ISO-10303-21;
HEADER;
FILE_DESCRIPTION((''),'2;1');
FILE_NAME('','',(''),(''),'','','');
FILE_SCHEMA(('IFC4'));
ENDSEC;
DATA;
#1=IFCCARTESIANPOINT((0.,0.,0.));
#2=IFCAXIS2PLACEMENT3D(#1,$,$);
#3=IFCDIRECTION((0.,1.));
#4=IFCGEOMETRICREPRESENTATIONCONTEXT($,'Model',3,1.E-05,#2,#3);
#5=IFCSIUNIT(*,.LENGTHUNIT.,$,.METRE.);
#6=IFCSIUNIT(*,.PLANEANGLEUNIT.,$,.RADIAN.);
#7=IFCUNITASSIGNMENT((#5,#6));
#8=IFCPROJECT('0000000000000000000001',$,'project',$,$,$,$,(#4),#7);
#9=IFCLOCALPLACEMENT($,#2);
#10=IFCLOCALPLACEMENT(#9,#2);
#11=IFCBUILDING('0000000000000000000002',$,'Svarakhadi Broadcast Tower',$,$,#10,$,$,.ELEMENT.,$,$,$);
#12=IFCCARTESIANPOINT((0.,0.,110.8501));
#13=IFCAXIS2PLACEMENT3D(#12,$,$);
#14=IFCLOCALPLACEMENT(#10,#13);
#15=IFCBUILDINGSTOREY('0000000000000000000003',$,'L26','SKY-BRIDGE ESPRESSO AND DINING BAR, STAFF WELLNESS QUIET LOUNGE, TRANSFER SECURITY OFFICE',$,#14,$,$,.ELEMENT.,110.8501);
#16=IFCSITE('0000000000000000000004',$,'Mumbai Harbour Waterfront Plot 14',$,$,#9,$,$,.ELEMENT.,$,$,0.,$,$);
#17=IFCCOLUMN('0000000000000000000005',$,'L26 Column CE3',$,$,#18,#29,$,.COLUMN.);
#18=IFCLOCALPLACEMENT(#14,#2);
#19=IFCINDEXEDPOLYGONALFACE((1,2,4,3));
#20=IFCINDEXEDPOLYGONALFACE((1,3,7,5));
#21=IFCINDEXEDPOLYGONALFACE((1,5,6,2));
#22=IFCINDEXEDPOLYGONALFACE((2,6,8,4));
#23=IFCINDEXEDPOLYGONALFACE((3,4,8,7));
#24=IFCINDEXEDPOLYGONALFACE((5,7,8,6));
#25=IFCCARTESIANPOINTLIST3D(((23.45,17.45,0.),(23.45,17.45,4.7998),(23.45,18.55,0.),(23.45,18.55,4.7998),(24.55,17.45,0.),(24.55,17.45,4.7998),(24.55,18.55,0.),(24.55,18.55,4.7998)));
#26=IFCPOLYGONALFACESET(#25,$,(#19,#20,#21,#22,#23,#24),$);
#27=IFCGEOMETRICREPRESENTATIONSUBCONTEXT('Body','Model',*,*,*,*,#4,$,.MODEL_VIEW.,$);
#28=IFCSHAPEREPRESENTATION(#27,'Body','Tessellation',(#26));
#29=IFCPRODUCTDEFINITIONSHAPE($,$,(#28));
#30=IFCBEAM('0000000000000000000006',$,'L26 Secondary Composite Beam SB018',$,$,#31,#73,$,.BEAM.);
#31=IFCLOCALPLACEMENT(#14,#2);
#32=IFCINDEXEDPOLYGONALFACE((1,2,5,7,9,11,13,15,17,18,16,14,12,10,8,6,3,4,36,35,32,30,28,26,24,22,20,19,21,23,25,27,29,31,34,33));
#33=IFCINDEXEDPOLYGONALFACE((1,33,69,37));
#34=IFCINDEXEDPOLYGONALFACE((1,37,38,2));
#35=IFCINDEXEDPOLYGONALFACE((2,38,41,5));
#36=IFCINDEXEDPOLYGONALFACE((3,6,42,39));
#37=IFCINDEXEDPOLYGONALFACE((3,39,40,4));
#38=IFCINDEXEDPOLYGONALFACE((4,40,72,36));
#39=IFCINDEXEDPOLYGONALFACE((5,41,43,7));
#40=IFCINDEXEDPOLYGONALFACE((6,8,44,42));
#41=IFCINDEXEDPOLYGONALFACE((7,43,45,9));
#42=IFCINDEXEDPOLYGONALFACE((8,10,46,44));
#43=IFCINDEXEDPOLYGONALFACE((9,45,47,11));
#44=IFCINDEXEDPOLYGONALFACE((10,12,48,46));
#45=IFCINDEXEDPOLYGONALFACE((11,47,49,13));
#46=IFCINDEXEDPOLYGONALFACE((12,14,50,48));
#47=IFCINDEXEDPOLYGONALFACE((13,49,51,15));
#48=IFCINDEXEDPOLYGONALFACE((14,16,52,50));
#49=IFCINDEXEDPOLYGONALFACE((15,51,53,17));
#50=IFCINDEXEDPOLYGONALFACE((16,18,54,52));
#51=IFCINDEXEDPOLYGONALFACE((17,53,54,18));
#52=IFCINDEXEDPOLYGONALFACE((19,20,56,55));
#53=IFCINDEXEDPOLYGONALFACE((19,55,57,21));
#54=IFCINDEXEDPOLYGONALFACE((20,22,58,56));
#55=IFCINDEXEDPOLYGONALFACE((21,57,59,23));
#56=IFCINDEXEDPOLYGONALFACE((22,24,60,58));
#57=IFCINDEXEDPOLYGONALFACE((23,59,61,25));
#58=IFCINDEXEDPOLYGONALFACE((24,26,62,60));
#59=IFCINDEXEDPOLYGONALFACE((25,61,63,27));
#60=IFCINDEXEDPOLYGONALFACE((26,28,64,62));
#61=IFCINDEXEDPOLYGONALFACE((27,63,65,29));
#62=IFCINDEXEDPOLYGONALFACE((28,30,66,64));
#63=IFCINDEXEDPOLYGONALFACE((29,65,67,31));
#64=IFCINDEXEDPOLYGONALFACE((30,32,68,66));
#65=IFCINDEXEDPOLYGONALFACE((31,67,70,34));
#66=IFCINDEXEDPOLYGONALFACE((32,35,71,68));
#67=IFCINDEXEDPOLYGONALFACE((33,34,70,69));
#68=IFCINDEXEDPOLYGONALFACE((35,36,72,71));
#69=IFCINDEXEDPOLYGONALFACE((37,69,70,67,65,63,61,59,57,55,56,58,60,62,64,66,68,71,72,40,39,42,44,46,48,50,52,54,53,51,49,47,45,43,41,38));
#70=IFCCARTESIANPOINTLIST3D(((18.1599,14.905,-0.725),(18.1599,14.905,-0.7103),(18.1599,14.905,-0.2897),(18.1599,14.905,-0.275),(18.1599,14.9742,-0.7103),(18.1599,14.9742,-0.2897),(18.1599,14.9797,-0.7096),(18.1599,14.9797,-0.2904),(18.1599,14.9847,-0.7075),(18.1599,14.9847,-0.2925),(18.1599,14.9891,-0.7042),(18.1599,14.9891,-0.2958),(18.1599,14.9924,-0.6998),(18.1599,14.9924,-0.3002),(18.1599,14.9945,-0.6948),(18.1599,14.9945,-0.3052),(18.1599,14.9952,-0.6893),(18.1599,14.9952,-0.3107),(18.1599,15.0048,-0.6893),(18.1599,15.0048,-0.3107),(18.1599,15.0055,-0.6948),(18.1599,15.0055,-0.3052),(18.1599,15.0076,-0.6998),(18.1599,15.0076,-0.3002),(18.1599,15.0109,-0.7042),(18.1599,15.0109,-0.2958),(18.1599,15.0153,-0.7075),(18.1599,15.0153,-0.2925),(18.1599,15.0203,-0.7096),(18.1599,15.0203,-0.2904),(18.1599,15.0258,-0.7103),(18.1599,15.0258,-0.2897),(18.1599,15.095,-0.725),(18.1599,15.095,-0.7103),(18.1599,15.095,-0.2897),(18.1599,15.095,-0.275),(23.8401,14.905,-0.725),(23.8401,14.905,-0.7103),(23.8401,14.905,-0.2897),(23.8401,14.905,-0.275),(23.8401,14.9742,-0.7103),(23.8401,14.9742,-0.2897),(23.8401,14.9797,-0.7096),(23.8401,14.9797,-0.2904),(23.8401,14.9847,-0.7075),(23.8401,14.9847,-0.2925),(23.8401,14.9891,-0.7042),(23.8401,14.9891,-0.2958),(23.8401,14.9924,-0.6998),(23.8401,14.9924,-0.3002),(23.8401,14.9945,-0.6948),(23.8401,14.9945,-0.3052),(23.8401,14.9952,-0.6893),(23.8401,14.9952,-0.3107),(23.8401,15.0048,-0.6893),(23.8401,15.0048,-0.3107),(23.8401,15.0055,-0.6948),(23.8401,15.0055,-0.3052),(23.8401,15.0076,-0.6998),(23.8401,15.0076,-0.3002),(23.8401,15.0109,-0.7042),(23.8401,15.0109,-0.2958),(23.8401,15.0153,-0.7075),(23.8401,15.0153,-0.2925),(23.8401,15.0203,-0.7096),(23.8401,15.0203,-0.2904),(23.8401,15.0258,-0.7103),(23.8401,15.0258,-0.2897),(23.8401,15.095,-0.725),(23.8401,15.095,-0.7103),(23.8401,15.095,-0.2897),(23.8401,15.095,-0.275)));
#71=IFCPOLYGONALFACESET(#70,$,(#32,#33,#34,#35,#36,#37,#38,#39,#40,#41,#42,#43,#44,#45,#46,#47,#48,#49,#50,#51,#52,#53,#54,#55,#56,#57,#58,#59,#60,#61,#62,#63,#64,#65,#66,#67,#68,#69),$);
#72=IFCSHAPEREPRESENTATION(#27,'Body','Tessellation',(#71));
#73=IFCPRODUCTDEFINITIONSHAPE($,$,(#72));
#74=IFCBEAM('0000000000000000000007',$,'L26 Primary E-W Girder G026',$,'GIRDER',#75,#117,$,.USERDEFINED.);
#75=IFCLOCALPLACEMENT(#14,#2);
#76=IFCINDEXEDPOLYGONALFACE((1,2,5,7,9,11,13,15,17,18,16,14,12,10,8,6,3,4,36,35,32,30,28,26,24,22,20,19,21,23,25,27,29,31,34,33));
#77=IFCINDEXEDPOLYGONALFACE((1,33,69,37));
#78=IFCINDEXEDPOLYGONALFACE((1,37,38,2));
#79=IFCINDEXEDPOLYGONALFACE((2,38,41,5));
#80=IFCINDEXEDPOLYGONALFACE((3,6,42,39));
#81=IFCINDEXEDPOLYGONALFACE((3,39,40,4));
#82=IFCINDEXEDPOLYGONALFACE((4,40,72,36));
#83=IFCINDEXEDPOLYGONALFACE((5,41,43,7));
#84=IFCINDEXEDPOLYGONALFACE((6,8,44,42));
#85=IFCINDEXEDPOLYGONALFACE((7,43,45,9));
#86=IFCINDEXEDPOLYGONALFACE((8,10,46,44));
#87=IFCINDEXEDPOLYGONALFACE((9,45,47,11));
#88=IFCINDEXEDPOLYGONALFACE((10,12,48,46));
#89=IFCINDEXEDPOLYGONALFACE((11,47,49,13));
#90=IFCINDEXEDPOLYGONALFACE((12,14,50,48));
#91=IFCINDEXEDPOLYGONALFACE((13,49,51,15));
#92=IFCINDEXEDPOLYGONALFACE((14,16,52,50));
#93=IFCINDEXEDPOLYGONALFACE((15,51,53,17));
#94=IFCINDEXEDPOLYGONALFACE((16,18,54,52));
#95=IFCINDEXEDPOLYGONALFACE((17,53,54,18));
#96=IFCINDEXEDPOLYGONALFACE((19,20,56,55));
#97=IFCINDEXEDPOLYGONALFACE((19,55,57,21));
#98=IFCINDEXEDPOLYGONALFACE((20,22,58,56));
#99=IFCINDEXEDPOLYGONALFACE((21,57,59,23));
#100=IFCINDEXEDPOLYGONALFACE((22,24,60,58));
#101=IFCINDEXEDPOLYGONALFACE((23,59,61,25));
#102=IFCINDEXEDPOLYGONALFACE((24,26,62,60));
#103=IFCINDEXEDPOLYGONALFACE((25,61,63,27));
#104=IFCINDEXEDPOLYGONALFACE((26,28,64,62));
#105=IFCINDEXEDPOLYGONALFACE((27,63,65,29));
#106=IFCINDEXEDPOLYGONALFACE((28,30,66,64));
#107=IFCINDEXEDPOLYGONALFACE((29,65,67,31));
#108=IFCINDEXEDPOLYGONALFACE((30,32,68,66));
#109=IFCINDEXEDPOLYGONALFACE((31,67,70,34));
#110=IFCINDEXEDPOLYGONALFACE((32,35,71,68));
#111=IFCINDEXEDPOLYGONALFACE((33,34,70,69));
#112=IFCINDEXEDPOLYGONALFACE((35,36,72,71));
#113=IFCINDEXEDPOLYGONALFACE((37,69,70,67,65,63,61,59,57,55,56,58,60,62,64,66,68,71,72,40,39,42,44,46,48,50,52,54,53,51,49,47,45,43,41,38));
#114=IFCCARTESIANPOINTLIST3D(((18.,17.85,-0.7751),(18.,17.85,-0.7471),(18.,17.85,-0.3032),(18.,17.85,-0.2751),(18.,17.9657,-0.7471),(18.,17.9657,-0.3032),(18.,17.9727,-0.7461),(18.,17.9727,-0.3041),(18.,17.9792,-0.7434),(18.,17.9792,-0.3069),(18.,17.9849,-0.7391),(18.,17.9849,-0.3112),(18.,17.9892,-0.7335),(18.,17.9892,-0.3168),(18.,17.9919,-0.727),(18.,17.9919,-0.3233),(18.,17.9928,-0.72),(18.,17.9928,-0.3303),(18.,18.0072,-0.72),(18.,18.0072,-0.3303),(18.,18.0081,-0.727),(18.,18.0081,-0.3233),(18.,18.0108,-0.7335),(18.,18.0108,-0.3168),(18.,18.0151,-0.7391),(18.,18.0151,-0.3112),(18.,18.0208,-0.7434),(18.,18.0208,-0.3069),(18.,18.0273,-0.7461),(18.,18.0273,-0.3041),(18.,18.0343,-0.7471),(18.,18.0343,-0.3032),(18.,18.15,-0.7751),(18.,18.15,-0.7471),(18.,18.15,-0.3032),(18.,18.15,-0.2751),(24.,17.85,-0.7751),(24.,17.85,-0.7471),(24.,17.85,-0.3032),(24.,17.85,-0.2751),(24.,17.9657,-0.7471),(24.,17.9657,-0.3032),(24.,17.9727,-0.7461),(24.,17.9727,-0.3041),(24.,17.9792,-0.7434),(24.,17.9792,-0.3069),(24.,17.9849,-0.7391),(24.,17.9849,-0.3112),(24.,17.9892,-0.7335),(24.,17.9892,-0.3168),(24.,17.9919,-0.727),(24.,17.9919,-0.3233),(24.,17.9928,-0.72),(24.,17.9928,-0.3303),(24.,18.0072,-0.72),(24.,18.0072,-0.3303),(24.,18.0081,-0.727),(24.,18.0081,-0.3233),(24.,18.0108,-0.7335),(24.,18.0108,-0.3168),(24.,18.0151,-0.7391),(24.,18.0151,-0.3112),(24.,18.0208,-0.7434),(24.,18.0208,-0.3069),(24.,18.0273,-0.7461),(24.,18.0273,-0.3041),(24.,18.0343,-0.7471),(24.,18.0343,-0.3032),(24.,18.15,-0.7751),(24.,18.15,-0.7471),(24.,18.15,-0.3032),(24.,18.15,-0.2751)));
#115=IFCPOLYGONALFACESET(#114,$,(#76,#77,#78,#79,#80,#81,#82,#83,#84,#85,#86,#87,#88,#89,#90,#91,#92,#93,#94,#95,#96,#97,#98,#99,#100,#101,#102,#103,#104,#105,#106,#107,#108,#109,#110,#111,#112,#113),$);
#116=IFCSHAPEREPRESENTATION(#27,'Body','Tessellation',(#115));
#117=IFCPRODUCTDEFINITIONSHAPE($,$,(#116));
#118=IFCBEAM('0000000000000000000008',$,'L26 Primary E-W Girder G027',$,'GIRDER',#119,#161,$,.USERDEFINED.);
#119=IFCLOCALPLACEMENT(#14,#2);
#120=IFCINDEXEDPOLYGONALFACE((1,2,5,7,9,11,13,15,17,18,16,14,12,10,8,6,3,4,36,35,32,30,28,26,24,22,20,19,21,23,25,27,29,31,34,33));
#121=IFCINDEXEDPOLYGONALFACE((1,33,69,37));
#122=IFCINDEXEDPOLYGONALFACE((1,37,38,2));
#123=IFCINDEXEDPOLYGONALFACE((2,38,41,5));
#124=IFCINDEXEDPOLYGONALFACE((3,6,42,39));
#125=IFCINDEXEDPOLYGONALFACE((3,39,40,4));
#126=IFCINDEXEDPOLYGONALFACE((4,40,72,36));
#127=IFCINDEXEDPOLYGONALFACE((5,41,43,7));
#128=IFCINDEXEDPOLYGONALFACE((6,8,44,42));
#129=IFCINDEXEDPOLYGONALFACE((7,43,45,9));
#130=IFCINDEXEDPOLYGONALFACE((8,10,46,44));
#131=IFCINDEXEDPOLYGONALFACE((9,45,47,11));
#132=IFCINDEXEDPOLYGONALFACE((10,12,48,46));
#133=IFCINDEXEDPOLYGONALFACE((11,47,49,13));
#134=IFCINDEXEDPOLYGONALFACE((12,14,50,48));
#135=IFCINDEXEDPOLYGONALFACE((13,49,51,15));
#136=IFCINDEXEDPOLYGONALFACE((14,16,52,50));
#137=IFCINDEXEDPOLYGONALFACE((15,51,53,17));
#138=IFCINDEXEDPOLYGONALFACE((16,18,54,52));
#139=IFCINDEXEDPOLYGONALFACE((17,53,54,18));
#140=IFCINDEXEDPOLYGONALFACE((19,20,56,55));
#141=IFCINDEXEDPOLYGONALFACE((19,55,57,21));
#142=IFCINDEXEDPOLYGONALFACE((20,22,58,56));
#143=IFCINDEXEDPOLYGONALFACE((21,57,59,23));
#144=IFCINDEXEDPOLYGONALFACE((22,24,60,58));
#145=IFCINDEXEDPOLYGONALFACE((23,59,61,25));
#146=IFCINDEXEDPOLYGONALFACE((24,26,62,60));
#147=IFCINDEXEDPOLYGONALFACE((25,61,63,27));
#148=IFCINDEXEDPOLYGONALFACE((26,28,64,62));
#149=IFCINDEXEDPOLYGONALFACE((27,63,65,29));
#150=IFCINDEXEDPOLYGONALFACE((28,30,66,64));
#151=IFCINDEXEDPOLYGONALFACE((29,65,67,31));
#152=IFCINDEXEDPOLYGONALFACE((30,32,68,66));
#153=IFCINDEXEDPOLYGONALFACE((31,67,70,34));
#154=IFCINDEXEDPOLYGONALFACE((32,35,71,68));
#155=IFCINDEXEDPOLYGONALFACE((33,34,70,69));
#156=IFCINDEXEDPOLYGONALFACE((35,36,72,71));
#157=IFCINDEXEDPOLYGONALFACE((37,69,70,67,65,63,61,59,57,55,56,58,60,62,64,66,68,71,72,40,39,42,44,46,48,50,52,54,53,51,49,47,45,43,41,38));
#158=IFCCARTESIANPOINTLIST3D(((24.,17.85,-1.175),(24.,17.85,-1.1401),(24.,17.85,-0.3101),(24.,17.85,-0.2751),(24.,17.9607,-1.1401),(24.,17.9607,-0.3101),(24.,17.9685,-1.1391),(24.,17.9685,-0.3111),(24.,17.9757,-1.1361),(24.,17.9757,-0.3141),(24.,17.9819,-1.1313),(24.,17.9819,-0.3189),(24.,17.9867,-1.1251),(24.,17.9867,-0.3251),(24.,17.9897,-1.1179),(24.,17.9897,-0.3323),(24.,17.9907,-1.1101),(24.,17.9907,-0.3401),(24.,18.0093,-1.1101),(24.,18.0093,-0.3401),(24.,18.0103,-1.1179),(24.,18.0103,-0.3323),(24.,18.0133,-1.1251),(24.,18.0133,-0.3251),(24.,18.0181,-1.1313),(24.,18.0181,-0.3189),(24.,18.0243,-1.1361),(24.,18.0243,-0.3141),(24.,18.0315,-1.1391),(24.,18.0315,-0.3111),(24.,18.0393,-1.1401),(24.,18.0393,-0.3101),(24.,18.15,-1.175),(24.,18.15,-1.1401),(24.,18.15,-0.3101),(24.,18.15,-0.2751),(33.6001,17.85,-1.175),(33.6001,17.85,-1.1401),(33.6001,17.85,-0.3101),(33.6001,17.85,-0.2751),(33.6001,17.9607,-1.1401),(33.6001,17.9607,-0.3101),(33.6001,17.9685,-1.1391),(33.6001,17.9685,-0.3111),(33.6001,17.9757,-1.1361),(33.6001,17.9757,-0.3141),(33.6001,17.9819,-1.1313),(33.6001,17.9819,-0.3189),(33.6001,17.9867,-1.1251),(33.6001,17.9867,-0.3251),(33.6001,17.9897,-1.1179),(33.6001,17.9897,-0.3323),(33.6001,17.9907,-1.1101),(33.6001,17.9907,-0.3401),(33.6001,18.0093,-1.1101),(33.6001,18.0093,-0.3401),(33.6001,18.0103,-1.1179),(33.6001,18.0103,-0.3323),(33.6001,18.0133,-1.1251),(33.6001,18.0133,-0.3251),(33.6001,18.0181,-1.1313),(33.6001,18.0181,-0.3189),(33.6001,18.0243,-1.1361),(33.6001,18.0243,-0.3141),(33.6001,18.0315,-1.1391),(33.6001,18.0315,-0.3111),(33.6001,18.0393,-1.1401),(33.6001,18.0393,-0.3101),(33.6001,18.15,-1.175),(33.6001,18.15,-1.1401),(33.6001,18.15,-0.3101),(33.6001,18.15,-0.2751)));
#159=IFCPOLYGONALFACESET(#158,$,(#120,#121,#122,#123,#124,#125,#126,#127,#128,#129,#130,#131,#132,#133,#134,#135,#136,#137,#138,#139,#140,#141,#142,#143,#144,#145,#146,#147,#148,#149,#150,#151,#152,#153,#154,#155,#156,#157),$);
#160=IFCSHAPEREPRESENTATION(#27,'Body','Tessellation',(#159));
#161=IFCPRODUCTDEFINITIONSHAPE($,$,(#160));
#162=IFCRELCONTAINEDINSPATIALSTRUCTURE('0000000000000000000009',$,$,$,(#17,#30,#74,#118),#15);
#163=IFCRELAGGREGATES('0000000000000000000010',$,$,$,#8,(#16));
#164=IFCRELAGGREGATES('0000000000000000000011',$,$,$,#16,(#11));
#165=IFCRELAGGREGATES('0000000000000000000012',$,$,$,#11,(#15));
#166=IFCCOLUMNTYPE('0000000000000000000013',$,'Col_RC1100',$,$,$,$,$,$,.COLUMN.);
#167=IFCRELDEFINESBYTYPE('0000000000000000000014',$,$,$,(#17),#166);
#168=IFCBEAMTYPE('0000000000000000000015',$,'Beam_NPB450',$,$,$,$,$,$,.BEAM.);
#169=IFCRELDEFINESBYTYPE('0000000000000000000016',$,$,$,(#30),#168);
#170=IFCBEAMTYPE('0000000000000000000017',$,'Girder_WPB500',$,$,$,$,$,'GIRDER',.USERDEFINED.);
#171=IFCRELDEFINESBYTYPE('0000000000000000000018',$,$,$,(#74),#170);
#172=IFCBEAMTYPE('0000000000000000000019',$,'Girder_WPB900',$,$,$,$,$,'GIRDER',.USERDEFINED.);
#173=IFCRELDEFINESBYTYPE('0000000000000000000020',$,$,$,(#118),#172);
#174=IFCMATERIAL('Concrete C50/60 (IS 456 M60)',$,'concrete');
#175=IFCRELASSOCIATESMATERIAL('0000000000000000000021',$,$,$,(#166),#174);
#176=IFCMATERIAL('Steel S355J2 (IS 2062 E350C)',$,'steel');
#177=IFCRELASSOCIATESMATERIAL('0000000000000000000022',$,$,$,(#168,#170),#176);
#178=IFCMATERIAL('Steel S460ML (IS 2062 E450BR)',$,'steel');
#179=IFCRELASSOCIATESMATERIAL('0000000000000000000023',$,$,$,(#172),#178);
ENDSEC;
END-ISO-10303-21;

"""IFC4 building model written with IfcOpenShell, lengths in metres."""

from ifc_helpers import new_model, si_unit, direction, frame, origin, origin_2d, place, context, subcontext, project, spatial, rectangle, i_section, extrude, material, material_profile, profile_set, type_object, element, save


model = new_model("IFC4")

# Units and contexts
model_context = context("Model", 3, precision=1e-05, world=origin(), true_north=direction((0.0, 1.0)))
body_context = subcontext(model_context, "Body", "Model", "MODEL_VIEW")
ifc_project = project(units=[si_unit("LENGTHUNIT", "METRE"), si_unit("PLANEANGLEUNIT", "RADIAN")], contexts=[model_context])

# Site, building, storey
site_placement = place(None, origin())
site = spatial("IfcSite", under=ifc_project, at=site_placement, Name="Mumbai Harbour Waterfront Plot 14", CompositionType="ELEMENT", RefElevation=0.0)
building_placement = place(site_placement, origin())
building = spatial("IfcBuilding", under=site, at=building_placement, Name="Svarakhadi Broadcast Tower", CompositionType="ELEMENT")
storey_placement = place(building_placement, frame((0.0, 0.0, 110.8501)))
storey = spatial("IfcBuildingStorey", under=building, at=storey_placement, Name="L26", Description="SKY-BRIDGE ESPRESSO AND DINING BAR, STAFF WELLNESS QUIET LOUNGE, TRANSFER SECURITY OFFICE", CompositionType="ELEMENT", Elevation=110.8501)

# Column
ifc_material_1 = material(Name="Concrete C50/60 (IS 456 M60)", Category="concrete")
ifc_material_profile_1 = material_profile(ifc_material_1, rectangle(XDim=1.1001, YDim=1.1001, at=origin_2d()), Name="RC 1100x1100")
ifc_profile_set_1 = profile_set([ifc_material_profile_1], Name="Concrete C50/60 (IS 456 M60)")
column_type = type_object("IfcColumnType", Name="Col_RC1100", PredefinedType="COLUMN", material=ifc_profile_set_1)
column_placement = place(storey_placement, frame((24.0, 18.0, 0.0), z_axis=(0.0, 0.0, 1.0), x_axis=(1.0, 0.0, 0.0)))
element("IfcColumn", 1, at=column_placement, inside=storey, type_object=column_type, Name="L26 Column CE3", PredefinedType="COLUMN", context=body_context, shape_type="SweptSolid", body=[
    extrude(rectangle(XDim=1.1001, YDim=1.1001, at=origin_2d()), origin(), (0.0, 0.0, 1.0), 4.7998),
])

# Beams
ifc_material_2 = material(Name="Steel S355J2 (IS 2062 E350C)", Category="steel")
ifc_material_profile_2 = material_profile(ifc_material_2, i_section(OverallWidth=0.1899, OverallDepth=0.45, WebThickness=0.0095, FlangeThickness=0.0146, FilletRadius=0.021, at=origin_2d()), Name="NPB 450x190x78")
ifc_profile_set_2 = profile_set([ifc_material_profile_2], Name="Steel S355J2 (IS 2062 E350C)")
beam_type_1 = type_object("IfcBeamType", Name="Beam_NPB450", PredefinedType="BEAM", material=ifc_profile_set_2)
beam_1_placement = place(storey_placement, frame((18.1599, 15.0, -0.5), z_axis=(1.0, 0.0, 0.0), x_axis=(0.0, 1.0, 0.0)))
element("IfcBeam", 2, at=beam_1_placement, inside=storey, type_object=beam_type_1, Name="L26 Secondary Composite Beam SB018", PredefinedType="BEAM", context=body_context, shape_type="SweptSolid", body=[
    extrude(i_section(OverallWidth=0.1899, OverallDepth=0.45, WebThickness=0.0095, FlangeThickness=0.0146, FilletRadius=0.021, at=origin_2d()), origin(), (0.0, 0.0, 1.0), 5.6802),
])
ifc_material_profile_3 = material_profile(ifc_material_2, i_section(OverallWidth=0.3, OverallDepth=0.5, WebThickness=0.0144, FlangeThickness=0.0281, FilletRadius=0.0271, at=origin_2d()), Name="WPB 500x300x187")
ifc_profile_set_3 = profile_set([ifc_material_profile_3], Name="Steel S355J2 (IS 2062 E350C)")
beam_type_2 = type_object("IfcBeamType", Name="Girder_WPB500", ElementType="GIRDER", PredefinedType="USERDEFINED", material=ifc_profile_set_3)
beam_2_placement = place(storey_placement, frame((18.0, 18.0, -0.5251), z_axis=(1.0, 0.0, 0.0), x_axis=(0.0, 1.0, 0.0)))
element("IfcBeam", 3, at=beam_2_placement, inside=storey, type_object=beam_type_2, Name="L26 Primary E-W Girder G026", ObjectType="GIRDER", PredefinedType="USERDEFINED", context=body_context, shape_type="SweptSolid", body=[
    extrude(i_section(OverallWidth=0.3, OverallDepth=0.5, WebThickness=0.0144, FlangeThickness=0.0281, FilletRadius=0.0271, at=origin_2d()), origin(), (0.0, 0.0, 1.0), 6.0),
])
ifc_material_3 = material(Name="Steel S460ML (IS 2062 E450BR)", Category="steel")
ifc_material_profile_4 = material_profile(ifc_material_3, i_section(OverallWidth=0.3, OverallDepth=0.8999, WebThickness=0.0186, FlangeThickness=0.0349, FilletRadius=0.03, at=origin_2d()), Name="WPB 900x300x291")
ifc_profile_set_4 = profile_set([ifc_material_profile_4], Name="Steel S460ML (IS 2062 E450BR)")
beam_type_3 = type_object("IfcBeamType", Name="Girder_WPB900", ElementType="GIRDER", PredefinedType="USERDEFINED", material=ifc_profile_set_4)
for number, where, z_axis, x_axis, name in (
    (4, (24.0, 18.0, -0.7251), (1.0, 0.0, 0.0), (0.0, 1.0, 0.0), "L26 Primary E-W Girder G027"),
):
    element("IfcBeam", number, at=place(storey_placement, frame(where, z_axis=z_axis, x_axis=x_axis)), inside=storey, type_object=beam_type_3, Name=name, ObjectType="GIRDER", PredefinedType="USERDEFINED", context=body_context, shape_type="SweptSolid", body=[
        extrude(i_section(OverallWidth=0.3, OverallDepth=0.8999, WebThickness=0.0186, FlangeThickness=0.0349, FilletRadius=0.03, at=origin_2d()), origin(), (0.0, 0.0, 1.0), 9.6001),
    ])

save(model, "model.ifc")
